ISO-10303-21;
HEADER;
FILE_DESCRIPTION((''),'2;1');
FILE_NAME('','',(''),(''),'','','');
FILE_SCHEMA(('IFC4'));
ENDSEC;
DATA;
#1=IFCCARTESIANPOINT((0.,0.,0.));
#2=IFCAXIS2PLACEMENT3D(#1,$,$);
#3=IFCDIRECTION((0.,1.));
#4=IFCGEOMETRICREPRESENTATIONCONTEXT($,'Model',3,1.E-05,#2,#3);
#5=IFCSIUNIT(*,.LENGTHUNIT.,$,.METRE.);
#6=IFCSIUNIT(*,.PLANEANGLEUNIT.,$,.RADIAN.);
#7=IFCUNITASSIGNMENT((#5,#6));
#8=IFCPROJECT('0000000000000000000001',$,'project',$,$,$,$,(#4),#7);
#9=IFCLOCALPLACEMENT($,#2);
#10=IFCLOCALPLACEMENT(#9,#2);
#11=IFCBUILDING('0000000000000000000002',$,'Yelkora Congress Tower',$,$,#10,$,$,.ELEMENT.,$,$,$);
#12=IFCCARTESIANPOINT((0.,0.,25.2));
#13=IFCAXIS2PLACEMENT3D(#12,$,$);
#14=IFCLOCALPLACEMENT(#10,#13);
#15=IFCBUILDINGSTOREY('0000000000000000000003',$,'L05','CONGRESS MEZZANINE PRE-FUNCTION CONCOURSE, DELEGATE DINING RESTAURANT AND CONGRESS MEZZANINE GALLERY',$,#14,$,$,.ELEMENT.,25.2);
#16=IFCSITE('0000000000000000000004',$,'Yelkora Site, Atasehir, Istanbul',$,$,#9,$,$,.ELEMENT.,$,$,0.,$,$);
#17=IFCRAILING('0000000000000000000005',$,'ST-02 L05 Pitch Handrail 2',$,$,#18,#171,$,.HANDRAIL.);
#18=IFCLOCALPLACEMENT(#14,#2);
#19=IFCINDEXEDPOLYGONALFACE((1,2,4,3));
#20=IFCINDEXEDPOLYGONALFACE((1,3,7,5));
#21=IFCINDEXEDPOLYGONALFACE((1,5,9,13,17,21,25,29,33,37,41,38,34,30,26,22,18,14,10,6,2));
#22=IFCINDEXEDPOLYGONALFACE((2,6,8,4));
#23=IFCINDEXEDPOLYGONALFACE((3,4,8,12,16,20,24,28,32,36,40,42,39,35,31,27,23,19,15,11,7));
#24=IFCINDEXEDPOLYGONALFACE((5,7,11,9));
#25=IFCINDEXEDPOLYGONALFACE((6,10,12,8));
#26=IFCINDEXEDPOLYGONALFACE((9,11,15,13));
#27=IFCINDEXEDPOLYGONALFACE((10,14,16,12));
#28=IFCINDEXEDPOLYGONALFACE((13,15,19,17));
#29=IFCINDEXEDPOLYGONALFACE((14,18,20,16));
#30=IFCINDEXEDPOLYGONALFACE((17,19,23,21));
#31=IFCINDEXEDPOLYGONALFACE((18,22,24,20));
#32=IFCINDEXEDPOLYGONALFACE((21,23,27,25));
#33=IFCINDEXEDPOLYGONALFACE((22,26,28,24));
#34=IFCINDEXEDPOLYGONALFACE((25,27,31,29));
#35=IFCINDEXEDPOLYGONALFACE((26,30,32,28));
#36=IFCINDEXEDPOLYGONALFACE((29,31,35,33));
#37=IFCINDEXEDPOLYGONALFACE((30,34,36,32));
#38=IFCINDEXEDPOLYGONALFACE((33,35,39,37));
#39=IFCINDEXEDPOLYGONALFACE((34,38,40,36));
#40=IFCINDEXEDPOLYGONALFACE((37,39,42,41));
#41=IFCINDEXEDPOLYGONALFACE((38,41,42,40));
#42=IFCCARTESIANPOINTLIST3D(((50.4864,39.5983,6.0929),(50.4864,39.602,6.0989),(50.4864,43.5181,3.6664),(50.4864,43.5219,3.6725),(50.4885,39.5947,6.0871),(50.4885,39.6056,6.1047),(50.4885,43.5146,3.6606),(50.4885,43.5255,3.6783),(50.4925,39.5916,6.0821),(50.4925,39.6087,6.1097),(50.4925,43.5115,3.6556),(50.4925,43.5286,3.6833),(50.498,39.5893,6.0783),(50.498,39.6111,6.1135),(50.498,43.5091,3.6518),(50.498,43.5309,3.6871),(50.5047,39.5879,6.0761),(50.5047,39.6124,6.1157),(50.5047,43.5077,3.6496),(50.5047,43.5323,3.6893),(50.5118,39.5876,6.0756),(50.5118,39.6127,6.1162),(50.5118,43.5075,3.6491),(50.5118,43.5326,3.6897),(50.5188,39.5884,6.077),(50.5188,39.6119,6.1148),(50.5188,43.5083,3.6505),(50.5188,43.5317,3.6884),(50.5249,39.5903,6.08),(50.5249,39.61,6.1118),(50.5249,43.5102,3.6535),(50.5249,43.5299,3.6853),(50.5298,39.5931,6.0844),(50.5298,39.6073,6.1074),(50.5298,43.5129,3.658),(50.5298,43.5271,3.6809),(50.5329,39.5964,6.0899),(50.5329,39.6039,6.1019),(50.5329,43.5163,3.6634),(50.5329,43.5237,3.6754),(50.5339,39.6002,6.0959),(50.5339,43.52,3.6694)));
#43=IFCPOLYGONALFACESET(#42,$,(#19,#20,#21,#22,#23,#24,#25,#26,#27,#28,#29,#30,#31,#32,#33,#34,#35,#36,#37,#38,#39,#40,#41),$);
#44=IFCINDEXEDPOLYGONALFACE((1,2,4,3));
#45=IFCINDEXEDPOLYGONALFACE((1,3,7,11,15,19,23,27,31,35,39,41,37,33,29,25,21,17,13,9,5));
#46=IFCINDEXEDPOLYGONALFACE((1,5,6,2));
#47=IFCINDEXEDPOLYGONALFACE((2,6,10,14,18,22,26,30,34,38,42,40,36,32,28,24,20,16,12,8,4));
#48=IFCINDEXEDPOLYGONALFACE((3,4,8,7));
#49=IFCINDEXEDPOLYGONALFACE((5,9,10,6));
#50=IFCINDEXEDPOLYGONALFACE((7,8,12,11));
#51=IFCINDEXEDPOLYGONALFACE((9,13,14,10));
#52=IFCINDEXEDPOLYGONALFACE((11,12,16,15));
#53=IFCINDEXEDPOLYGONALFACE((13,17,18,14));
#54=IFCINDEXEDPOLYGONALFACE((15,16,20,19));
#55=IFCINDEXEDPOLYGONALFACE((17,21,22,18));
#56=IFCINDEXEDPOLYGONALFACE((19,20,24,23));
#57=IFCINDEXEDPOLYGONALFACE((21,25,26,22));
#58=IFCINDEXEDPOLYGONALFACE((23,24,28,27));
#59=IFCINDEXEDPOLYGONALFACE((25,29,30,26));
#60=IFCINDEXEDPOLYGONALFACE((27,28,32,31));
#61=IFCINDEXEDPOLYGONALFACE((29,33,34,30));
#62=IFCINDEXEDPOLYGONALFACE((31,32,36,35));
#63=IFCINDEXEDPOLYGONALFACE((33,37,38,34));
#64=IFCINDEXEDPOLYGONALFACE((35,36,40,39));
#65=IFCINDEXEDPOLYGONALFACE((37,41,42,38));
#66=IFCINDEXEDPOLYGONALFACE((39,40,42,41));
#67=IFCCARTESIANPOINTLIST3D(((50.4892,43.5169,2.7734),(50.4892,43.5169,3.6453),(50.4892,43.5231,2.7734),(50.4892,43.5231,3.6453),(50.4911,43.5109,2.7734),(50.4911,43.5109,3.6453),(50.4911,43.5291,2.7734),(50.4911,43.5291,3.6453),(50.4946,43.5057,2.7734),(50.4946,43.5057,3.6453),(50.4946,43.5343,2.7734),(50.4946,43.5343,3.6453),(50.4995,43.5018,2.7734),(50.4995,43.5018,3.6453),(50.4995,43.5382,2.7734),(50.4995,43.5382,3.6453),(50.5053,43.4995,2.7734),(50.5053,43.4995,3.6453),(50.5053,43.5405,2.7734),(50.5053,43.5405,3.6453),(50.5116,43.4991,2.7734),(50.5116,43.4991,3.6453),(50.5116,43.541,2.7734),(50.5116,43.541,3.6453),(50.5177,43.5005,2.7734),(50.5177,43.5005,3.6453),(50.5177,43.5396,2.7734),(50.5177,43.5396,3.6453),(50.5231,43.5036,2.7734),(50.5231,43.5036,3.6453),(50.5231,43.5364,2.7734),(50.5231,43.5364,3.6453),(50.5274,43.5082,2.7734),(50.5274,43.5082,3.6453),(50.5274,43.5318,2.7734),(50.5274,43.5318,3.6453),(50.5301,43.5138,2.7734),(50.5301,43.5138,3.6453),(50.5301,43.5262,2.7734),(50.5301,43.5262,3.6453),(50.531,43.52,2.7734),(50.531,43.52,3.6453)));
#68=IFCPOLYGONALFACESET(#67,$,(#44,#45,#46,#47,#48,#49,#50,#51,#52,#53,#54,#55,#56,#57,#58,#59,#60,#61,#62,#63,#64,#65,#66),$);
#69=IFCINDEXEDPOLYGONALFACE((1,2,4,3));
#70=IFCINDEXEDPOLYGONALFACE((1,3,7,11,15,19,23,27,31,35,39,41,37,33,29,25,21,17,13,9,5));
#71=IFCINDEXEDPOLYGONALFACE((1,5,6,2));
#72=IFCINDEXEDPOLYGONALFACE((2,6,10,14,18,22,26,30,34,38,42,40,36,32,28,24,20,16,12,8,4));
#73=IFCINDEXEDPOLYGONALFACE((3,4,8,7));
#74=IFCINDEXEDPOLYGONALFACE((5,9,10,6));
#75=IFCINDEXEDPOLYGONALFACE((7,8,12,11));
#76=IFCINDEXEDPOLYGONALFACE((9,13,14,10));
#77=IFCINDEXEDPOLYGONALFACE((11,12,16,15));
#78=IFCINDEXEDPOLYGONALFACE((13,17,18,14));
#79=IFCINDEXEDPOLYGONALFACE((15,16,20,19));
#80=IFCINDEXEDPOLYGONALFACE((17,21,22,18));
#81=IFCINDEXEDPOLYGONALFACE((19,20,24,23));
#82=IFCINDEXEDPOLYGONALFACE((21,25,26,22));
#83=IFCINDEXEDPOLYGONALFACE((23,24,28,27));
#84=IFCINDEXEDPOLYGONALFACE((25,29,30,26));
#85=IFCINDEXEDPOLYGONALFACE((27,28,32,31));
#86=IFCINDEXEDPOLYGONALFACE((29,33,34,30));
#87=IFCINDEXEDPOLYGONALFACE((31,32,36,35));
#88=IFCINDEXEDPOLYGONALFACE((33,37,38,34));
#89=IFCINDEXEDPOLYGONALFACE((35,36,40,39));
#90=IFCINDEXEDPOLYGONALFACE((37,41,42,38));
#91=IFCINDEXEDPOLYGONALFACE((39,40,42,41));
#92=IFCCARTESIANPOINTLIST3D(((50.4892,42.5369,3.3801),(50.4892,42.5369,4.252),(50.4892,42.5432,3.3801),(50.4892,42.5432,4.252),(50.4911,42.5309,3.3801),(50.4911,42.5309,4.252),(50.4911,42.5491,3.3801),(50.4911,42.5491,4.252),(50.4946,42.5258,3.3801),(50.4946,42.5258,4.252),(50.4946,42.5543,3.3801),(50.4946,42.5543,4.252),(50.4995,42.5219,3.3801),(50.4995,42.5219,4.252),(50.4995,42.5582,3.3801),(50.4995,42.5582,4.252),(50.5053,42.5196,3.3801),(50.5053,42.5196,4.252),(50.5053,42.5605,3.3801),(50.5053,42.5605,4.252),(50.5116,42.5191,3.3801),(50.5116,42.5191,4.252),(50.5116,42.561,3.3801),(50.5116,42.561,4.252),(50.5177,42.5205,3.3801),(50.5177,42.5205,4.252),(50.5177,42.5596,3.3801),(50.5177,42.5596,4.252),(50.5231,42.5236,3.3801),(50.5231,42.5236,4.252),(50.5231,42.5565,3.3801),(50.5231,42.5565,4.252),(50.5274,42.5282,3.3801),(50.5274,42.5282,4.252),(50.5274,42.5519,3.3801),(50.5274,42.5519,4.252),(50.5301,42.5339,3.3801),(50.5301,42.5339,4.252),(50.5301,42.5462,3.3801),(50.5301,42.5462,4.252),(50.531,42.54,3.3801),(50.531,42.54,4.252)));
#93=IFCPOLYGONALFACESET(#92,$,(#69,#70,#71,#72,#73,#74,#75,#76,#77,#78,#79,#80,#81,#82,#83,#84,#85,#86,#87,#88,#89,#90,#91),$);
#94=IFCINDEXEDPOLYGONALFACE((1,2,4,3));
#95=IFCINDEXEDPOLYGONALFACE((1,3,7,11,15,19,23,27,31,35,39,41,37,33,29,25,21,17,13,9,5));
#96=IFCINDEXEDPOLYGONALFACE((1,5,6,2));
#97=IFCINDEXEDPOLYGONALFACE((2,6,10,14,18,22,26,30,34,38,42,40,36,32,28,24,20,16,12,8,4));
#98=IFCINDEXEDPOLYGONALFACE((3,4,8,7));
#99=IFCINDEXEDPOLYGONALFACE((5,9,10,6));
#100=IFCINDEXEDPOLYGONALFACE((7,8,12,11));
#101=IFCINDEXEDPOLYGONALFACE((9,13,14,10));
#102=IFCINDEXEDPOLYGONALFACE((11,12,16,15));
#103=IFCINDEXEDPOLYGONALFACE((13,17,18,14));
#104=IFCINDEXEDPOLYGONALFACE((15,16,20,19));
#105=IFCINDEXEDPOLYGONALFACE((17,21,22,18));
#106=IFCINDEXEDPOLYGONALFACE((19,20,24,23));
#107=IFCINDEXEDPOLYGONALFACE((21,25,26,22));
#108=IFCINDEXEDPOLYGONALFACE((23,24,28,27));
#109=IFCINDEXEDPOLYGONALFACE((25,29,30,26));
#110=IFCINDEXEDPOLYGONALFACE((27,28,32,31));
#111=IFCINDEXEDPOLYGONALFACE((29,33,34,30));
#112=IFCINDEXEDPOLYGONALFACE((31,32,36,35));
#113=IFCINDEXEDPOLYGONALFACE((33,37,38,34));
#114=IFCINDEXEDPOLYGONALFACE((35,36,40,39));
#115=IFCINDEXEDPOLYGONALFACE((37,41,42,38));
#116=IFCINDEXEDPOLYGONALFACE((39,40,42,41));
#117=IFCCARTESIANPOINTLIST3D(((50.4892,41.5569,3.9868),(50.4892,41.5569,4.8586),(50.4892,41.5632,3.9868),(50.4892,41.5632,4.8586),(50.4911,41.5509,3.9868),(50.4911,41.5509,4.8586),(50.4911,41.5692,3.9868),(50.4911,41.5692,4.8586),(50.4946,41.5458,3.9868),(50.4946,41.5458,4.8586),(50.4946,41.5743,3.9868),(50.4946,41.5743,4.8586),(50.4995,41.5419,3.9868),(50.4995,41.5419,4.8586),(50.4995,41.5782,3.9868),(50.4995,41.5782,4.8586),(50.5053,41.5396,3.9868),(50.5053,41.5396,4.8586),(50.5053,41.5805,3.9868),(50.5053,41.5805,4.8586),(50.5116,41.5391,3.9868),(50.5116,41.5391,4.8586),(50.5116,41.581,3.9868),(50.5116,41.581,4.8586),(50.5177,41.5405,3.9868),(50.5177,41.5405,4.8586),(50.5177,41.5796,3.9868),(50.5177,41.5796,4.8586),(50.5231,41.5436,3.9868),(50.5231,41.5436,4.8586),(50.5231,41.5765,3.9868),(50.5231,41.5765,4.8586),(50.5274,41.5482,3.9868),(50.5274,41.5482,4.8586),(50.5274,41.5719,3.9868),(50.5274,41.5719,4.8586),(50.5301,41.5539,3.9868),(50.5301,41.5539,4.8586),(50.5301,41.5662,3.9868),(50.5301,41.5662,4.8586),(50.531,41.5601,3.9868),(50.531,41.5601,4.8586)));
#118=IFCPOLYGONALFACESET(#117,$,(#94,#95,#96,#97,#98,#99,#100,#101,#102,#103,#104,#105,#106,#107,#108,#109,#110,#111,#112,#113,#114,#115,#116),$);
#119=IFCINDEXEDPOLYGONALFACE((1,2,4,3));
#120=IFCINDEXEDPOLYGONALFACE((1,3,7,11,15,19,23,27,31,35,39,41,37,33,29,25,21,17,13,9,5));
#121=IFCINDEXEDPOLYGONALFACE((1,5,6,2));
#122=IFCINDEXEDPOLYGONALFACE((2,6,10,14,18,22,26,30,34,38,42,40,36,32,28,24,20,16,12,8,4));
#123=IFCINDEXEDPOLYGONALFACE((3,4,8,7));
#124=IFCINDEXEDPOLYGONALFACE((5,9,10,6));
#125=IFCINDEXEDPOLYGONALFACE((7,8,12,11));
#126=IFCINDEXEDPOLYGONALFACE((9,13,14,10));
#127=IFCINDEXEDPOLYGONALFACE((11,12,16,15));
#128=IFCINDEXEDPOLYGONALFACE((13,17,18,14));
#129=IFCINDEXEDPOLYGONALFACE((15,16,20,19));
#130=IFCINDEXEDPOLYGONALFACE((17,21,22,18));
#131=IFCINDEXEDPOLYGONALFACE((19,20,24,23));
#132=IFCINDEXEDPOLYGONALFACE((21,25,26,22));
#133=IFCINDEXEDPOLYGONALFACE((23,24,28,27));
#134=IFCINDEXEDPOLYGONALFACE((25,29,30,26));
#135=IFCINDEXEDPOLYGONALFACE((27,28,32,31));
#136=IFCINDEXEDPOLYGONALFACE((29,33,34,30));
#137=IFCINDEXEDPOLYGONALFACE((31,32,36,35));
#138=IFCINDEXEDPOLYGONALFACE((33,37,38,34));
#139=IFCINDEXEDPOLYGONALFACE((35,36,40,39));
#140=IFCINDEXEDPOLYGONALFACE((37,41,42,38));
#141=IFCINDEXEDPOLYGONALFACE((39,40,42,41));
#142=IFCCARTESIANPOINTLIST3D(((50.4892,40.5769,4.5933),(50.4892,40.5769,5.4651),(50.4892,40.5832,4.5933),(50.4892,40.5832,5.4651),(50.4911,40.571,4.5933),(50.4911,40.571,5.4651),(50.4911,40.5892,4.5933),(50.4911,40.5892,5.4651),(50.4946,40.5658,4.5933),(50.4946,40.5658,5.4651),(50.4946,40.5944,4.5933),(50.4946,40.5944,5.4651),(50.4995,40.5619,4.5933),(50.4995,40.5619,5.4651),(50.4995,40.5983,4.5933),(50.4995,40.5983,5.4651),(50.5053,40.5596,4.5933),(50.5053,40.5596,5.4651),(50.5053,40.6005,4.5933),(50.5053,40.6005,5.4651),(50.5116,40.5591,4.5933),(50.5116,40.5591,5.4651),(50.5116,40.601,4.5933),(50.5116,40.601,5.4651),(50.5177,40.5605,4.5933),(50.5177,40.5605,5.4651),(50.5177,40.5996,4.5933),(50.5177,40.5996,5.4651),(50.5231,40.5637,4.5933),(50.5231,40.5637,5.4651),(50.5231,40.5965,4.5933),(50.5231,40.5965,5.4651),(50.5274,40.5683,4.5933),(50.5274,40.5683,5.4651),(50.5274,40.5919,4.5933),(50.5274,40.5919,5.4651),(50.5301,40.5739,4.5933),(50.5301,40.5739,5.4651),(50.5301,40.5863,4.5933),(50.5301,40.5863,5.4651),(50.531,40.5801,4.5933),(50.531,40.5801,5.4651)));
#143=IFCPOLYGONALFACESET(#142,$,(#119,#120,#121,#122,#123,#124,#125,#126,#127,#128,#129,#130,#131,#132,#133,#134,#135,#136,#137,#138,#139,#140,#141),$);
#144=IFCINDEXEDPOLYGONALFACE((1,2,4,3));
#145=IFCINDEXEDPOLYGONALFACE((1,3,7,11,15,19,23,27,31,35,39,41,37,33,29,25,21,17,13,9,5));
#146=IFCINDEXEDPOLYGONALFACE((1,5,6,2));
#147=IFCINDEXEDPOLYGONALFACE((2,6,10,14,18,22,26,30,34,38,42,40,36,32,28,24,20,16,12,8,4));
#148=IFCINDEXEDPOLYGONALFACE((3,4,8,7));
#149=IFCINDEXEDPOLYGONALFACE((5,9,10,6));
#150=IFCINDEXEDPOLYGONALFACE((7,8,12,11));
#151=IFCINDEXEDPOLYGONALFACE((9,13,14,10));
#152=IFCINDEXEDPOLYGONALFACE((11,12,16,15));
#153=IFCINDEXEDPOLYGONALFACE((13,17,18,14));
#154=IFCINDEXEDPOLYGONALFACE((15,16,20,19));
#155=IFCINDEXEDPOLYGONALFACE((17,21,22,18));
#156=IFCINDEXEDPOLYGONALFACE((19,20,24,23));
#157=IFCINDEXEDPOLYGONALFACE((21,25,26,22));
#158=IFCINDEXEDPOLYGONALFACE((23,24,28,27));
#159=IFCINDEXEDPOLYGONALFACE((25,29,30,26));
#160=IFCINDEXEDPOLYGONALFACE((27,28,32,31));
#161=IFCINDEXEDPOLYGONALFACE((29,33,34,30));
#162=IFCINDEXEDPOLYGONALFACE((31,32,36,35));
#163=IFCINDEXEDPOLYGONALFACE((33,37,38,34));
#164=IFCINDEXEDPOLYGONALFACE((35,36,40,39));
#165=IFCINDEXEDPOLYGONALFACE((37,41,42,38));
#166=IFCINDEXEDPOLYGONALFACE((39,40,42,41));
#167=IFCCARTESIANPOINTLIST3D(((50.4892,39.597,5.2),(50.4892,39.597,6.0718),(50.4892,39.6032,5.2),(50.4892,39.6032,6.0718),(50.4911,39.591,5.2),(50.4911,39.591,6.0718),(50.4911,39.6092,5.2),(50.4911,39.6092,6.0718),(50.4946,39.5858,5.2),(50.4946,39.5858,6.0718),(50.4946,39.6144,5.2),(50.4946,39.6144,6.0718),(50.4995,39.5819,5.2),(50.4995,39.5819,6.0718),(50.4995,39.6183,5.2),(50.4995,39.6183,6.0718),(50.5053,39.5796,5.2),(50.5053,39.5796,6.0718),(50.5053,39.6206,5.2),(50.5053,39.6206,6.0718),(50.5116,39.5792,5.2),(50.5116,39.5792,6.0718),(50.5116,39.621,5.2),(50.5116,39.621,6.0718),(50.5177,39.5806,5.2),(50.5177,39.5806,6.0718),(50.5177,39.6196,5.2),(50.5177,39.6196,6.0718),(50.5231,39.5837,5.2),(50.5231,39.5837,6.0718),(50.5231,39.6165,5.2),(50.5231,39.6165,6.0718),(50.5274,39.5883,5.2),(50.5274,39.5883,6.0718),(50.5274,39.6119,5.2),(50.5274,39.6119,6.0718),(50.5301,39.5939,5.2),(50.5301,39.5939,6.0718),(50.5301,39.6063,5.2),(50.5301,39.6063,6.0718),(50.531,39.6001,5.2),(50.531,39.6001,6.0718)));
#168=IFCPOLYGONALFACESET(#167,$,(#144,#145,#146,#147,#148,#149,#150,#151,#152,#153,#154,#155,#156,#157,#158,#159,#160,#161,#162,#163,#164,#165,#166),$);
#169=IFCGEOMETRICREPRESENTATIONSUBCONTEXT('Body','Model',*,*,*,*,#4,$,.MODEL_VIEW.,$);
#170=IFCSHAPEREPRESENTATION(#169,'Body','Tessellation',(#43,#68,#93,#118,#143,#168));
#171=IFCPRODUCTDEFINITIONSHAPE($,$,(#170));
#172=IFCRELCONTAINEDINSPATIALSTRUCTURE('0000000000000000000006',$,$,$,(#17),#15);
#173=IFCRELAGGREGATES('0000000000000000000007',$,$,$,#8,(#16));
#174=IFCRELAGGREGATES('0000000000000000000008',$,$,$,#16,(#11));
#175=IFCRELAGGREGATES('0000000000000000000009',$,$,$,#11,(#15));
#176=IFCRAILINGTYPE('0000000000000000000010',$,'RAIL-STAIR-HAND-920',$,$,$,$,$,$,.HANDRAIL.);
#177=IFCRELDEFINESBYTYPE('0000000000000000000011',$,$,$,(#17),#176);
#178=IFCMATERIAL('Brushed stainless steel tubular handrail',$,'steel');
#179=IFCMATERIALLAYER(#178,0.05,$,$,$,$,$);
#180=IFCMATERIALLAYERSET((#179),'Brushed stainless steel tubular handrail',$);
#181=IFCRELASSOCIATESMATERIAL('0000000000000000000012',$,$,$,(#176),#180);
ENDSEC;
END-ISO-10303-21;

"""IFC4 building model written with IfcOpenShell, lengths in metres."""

from ifc_helpers import new_model, si_unit, direction, frame, origin, origin_2d, place, context, subcontext, project, spatial, circle, extrude, material, layer, layer_set, type_object, element, save


model = new_model("IFC4")

# Units and contexts
model_context = context("Model", 3, precision=1e-05, world=origin(), true_north=direction((0.0, 1.0)))
body_context = subcontext(model_context, "Body", "Model", "MODEL_VIEW")
ifc_project = project(units=[si_unit("LENGTHUNIT", "METRE"), si_unit("PLANEANGLEUNIT", "RADIAN")], contexts=[model_context])

# Site, building, storey
site_placement = place(None, origin())
site = spatial("IfcSite", under=ifc_project, at=site_placement, Name="Yelkora Site, Atasehir, Istanbul", CompositionType="ELEMENT", RefElevation=0.0)
building_placement = place(site_placement, origin())
building = spatial("IfcBuilding", under=site, at=building_placement, Name="Yelkora Congress Tower", CompositionType="ELEMENT")
storey_placement = place(building_placement, frame((0.0, 0.0, 25.2)))
storey = spatial("IfcBuildingStorey", under=building, at=storey_placement, Name="L05", Description="CONGRESS MEZZANINE PRE-FUNCTION CONCOURSE, DELEGATE DINING RESTAURANT AND CONGRESS MEZZANINE GALLERY", CompositionType="ELEMENT", Elevation=25.2)

# Railing
ifc_material_1 = material(Name="Brushed stainless steel tubular handrail", Category="steel")
ifc_layer_1 = layer(ifc_material_1, 0.05)
ifc_layer_set_1 = layer_set([ifc_layer_1], Name="Brushed stainless steel tubular handrail")
railing_type_1 = type_object("IfcRailingType", Name="RAIL-STAIR-HAND-920", PredefinedType="HANDRAIL", material=ifc_layer_set_1)
railing_1_placement = place(storey_placement, frame((50.51, 43.52, 2.7734)))
element("IfcRailing", 1, at=railing_1_placement, inside=storey, type_object=railing_type_1, Name="ST-02 L05 Pitch Handrail 2", PredefinedType="HANDRAIL", context=body_context, shape_type="SweptSolid", body=[
    extrude(circle(Radius=0.0239, at=origin_2d()), frame((0.0, 0.0, 0.896), z_axis=(0.0, -0.850275, 0.526338), x_axis=(1.0, 0.0, 0.0)), (0.0, 0.0, 1.0), 4.6101),
    extrude(circle(Radius=0.021, at=origin_2d()), origin(), (0.0, 0.0, 1.0), 0.8718),
    extrude(circle(Radius=0.021, at=origin_2d()), frame((0.0, -0.98, 0.6067)), (0.0, 0.0, 1.0), 0.8718),
    extrude(circle(Radius=0.021, at=origin_2d()), frame((0.0, -1.96, 1.2134)), (0.0, 0.0, 1.0), 0.8718),
    extrude(circle(Radius=0.021, at=origin_2d()), frame((0.0, -2.9399, 1.8198)), (0.0, 0.0, 1.0), 0.8718),
    extrude(circle(Radius=0.021, at=origin_2d()), frame((0.0, -3.9199, 2.4265)), (0.0, 0.0, 1.0), 0.8718),
])

save(model, "model.ifc")
